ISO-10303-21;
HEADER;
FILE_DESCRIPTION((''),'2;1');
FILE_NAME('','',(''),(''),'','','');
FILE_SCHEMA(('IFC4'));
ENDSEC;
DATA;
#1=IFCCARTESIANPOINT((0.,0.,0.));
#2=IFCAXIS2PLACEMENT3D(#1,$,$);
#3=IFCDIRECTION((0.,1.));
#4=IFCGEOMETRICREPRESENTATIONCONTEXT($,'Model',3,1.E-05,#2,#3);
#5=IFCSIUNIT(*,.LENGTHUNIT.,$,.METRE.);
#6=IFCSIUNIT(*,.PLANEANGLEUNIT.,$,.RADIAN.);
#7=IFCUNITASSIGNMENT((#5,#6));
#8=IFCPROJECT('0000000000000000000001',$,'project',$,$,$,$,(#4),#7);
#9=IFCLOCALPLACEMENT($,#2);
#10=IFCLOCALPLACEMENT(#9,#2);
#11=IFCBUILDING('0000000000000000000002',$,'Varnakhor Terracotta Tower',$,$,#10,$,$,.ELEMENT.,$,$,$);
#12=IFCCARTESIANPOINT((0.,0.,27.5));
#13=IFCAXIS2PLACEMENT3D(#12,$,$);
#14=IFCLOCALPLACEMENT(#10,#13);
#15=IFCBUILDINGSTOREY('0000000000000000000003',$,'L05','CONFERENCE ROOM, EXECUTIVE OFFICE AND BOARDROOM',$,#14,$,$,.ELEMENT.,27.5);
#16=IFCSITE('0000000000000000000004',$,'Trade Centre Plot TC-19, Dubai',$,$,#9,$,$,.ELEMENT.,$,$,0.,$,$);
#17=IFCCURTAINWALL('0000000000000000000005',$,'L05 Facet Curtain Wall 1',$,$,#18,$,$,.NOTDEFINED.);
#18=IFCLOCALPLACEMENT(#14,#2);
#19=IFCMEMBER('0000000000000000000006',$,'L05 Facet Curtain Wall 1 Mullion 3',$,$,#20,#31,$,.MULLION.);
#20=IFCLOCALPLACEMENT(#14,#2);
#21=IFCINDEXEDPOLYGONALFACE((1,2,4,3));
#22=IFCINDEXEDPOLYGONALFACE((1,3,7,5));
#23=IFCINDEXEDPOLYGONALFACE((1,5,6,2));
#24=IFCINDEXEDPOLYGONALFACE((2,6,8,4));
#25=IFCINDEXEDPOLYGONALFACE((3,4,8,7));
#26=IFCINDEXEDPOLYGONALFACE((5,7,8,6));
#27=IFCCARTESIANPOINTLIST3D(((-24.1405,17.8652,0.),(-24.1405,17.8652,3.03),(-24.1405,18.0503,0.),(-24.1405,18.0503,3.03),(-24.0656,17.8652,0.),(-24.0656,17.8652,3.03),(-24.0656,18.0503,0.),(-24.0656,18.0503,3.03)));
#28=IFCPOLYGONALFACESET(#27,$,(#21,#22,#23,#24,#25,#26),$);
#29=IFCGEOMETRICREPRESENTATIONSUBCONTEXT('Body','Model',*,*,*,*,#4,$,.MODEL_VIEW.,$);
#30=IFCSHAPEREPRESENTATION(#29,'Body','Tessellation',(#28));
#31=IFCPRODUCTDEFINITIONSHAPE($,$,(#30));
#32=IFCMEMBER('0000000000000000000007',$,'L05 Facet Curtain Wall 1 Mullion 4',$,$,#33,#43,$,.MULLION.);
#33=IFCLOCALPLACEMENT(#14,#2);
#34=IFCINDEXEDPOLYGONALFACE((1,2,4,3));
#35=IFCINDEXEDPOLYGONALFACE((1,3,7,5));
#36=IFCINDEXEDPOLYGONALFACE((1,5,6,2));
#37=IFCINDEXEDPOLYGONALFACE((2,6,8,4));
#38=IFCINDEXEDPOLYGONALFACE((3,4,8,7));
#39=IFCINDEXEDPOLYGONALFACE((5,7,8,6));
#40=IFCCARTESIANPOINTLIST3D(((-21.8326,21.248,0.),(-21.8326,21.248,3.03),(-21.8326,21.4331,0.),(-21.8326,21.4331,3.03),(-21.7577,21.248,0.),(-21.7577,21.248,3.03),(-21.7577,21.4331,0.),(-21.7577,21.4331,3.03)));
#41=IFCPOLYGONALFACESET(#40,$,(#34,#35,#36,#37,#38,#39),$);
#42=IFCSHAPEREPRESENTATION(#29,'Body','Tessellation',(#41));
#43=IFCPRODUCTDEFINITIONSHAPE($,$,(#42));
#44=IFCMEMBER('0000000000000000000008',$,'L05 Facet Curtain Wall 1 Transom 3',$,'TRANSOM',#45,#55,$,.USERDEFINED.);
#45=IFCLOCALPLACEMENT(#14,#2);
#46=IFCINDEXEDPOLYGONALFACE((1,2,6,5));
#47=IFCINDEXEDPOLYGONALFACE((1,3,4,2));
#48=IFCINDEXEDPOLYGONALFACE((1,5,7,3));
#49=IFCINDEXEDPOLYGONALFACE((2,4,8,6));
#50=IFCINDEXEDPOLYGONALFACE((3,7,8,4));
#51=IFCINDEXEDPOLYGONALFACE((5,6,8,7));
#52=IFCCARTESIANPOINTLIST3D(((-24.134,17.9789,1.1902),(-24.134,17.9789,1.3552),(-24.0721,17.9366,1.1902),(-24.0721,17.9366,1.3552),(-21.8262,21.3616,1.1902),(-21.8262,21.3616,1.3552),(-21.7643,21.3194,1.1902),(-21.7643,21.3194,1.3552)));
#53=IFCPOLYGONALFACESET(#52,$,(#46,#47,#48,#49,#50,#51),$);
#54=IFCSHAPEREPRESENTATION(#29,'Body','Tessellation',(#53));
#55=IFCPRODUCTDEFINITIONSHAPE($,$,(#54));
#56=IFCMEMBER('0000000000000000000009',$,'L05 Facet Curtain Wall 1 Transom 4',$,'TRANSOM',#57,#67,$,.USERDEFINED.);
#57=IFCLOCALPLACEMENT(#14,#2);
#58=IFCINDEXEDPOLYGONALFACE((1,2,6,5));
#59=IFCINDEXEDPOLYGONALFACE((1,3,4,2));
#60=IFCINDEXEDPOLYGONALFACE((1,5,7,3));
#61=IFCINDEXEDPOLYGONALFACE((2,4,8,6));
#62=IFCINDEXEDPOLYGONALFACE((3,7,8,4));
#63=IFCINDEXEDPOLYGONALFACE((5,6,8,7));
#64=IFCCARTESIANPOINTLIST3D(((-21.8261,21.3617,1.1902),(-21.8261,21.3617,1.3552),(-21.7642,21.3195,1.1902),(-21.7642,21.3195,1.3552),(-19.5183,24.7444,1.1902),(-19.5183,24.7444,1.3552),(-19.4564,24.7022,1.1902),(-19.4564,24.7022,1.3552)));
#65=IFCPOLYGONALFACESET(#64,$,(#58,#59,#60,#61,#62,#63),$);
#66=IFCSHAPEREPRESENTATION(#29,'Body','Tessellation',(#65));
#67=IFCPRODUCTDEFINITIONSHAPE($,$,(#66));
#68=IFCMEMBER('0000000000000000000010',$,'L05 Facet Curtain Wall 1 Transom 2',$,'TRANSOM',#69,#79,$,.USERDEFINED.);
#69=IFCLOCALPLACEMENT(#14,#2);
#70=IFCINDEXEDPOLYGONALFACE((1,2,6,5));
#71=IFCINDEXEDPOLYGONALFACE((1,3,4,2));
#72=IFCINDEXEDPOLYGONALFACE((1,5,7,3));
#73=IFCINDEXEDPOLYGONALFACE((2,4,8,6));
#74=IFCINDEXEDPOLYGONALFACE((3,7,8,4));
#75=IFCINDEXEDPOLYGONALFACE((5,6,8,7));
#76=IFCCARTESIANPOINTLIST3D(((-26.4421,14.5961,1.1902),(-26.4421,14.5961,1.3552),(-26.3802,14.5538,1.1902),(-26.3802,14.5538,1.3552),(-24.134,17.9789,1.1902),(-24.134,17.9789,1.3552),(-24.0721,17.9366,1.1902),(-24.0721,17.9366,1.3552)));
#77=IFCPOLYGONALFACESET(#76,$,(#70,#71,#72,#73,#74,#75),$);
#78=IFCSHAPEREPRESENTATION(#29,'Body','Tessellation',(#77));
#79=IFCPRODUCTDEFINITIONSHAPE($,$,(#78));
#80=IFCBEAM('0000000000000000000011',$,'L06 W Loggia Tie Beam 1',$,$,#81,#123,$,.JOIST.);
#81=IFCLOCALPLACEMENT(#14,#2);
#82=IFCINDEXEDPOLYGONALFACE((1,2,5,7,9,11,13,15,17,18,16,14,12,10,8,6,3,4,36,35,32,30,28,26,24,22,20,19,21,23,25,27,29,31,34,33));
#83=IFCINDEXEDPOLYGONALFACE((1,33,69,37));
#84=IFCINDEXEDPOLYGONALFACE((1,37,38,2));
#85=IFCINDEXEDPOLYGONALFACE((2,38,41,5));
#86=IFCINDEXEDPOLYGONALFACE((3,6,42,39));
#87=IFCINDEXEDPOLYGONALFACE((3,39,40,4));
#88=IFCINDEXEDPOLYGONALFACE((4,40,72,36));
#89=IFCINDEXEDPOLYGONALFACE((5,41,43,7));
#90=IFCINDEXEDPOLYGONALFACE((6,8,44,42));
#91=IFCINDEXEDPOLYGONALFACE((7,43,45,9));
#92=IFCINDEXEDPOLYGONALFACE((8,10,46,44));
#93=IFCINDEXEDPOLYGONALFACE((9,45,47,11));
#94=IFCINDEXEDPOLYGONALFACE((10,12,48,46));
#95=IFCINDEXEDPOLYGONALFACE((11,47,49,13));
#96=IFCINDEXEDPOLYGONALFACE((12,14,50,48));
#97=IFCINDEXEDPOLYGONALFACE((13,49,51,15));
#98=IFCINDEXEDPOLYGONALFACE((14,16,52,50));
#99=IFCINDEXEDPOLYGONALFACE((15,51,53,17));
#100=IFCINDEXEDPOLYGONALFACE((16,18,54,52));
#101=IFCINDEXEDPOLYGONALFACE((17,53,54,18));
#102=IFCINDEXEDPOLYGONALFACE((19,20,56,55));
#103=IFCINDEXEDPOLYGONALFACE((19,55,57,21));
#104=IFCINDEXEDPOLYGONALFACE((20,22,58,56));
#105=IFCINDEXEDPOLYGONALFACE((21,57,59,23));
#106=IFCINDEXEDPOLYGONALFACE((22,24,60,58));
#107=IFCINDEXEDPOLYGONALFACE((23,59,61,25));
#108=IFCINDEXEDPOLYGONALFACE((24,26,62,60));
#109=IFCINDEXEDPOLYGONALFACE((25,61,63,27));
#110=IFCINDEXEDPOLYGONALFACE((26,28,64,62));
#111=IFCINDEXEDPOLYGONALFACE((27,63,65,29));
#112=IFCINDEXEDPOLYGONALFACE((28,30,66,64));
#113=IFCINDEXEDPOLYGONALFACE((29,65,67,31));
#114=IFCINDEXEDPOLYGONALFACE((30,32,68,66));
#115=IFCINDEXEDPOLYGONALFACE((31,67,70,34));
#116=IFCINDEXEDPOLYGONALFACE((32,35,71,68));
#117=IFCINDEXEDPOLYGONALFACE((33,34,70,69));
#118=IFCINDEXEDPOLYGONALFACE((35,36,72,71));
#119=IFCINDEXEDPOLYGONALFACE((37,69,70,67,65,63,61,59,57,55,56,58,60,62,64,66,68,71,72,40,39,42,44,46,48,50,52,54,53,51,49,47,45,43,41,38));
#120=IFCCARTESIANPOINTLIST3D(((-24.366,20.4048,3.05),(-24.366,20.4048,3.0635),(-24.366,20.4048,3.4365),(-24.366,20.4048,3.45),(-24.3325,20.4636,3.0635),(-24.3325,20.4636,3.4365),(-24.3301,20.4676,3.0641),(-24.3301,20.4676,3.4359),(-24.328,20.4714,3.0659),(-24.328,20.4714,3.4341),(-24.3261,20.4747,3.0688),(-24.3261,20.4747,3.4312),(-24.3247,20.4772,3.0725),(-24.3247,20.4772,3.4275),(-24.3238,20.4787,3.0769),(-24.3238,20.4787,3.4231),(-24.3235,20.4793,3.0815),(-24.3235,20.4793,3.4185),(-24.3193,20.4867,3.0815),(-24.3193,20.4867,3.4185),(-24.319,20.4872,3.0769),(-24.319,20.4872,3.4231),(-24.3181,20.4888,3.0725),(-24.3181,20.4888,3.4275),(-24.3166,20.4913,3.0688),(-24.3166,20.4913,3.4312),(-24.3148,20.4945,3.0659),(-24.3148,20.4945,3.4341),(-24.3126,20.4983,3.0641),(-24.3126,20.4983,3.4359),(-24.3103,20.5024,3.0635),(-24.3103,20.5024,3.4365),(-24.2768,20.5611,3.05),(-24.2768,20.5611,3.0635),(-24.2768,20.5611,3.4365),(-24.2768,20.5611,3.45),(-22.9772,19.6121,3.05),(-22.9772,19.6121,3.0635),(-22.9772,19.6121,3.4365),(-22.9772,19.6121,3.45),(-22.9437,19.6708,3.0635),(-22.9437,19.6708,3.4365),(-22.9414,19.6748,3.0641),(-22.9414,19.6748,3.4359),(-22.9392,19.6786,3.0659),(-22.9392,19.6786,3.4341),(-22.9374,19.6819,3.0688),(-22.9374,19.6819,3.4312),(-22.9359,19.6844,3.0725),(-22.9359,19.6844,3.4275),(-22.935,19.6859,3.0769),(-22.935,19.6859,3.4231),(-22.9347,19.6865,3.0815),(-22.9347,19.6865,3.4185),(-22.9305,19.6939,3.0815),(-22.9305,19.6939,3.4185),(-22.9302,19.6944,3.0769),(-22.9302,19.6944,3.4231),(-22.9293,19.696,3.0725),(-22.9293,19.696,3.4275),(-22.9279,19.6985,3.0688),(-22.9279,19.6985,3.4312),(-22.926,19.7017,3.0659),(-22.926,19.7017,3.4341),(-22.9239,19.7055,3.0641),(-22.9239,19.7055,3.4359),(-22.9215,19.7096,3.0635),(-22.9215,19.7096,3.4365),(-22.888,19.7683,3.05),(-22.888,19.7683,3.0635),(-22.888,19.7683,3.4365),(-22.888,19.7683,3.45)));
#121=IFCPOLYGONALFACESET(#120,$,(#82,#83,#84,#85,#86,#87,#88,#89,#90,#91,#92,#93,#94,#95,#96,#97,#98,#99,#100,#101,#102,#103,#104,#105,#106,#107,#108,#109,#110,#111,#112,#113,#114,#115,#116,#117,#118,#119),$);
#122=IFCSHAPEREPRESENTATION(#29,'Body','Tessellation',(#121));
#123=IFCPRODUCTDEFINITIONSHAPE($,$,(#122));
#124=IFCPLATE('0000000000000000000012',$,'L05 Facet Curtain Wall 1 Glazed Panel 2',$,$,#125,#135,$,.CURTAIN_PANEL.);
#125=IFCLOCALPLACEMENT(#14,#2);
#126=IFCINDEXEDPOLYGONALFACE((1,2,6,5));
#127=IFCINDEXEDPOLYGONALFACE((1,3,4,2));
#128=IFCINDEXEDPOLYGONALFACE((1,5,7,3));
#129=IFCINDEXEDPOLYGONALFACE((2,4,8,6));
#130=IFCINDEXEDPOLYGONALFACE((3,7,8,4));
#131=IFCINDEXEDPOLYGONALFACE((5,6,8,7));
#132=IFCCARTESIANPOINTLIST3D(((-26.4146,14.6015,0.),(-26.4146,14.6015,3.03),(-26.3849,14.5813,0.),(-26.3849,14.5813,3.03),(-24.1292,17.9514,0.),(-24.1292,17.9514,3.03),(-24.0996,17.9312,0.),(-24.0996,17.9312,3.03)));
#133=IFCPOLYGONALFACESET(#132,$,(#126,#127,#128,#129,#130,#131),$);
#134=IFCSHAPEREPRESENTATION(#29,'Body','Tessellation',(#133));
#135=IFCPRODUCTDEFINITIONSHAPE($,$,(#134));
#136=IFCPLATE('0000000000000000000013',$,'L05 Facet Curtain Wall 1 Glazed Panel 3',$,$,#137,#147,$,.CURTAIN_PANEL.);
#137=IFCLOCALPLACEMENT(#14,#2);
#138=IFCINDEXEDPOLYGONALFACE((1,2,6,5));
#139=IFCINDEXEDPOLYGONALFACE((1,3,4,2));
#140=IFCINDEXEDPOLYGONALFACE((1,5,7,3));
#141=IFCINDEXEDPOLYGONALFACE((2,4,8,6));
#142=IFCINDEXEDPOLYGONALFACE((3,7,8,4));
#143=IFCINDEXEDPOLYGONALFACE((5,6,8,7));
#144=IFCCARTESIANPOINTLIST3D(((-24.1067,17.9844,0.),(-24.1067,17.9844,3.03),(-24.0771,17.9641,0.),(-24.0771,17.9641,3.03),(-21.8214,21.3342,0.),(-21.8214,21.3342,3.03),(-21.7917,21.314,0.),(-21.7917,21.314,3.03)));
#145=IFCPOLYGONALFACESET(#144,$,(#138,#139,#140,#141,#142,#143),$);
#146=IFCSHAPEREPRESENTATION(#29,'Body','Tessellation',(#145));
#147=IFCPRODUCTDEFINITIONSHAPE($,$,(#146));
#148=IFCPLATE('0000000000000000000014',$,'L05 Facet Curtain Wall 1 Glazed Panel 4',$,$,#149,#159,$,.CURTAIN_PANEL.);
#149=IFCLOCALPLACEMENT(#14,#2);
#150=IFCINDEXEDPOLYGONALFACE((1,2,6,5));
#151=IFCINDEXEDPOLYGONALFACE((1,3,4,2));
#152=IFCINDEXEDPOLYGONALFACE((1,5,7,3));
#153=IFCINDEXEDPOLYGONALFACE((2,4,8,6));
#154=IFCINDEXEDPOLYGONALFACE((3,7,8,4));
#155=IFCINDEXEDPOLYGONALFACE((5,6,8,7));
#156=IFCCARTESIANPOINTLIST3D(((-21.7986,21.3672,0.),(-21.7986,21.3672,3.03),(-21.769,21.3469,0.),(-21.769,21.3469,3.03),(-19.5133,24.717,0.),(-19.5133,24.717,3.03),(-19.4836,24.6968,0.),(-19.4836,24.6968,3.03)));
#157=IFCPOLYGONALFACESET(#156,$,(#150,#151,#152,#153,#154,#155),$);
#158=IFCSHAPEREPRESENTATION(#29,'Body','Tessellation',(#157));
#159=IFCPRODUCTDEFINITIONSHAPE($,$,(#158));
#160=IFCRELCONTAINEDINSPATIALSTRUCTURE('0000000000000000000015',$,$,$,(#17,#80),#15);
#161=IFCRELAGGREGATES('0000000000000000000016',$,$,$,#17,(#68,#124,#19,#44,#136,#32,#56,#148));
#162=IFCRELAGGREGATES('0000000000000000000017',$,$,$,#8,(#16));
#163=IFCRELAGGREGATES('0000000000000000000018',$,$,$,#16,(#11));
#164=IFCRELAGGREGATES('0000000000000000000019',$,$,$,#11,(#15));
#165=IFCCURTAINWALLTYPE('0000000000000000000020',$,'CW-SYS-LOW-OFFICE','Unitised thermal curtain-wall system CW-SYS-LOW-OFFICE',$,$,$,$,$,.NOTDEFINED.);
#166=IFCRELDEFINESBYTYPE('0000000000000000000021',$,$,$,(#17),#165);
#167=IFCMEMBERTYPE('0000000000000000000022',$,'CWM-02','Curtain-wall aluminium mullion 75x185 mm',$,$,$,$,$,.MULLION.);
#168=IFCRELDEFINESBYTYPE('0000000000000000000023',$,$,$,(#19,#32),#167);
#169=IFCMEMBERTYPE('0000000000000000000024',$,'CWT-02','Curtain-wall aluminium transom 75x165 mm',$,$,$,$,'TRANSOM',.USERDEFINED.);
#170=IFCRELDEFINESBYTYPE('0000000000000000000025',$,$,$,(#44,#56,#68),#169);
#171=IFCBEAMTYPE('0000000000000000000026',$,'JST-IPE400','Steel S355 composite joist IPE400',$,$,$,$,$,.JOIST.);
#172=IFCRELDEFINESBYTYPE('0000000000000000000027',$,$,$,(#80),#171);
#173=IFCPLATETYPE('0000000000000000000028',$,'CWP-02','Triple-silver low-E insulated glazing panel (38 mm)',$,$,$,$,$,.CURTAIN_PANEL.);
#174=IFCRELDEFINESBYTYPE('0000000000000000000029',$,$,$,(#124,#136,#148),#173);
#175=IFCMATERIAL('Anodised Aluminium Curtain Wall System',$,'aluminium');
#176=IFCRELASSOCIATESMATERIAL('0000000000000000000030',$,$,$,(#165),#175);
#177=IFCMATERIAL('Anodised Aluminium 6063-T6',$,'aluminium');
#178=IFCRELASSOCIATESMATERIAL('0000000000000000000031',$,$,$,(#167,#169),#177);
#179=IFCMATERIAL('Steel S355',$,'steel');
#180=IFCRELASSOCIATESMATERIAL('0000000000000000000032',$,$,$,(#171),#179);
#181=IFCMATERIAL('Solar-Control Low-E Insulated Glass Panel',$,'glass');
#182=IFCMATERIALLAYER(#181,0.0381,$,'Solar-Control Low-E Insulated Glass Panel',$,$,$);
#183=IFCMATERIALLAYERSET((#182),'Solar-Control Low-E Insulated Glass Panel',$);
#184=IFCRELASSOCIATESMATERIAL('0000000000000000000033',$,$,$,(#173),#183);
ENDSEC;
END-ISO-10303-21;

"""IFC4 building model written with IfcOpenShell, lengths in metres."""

from ifc_helpers import new_model, si_unit, direction, frame, origin, origin_2d, place, context, subcontext, project, spatial, rectangle, i_section, extrude, source, transform, mapped, material, layer, layer_set, material_profile, profile_set, type_object, type_shapes, element, aggregate, save


model = new_model("IFC4")

# Units and contexts
model_context = context("Model", 3, precision=1e-05, world=origin(), true_north=direction((0.0, 1.0)))
body_context = subcontext(model_context, "Body", "Model", "MODEL_VIEW")
ifc_project = project(units=[si_unit("LENGTHUNIT", "METRE"), si_unit("PLANEANGLEUNIT", "RADIAN")], contexts=[model_context])

# Site, building, storey
site_placement = place(None, origin())
site = spatial("IfcSite", under=ifc_project, at=site_placement, Name="Trade Centre Plot TC-19, Dubai", CompositionType="ELEMENT", RefElevation=0.0)
building_placement = place(site_placement, origin())
building = spatial("IfcBuilding", under=site, at=building_placement, Name="Varnakhor Terracotta Tower", CompositionType="ELEMENT")
storey_placement = place(building_placement, frame((0.0, 0.0, 27.5)))
storey = spatial("IfcBuildingStorey", under=building, at=storey_placement, Name="L05", Description="CONFERENCE ROOM, EXECUTIVE OFFICE AND BOARDROOM", CompositionType="ELEMENT", Elevation=27.5)

# Shared definitions
ifc_material_1 = material(Name="Steel S355", Category="steel")

# Curtain wall, members
ifc_material_2 = material(Name="Anodised Aluminium Curtain Wall System", Category="aluminium")
curtain_wall_type = type_object("IfcCurtainWallType", Name="CW-SYS-LOW-OFFICE", Description="Unitised thermal curtain-wall system CW-SYS-LOW-OFFICE", PredefinedType="NOTDEFINED", material=ifc_material_2)
curtain_wall_placement = place(storey_placement, origin())
curtain_wall = element("IfcCurtainWall", 1, at=curtain_wall_placement, inside=storey, type_object=curtain_wall_type, Name="L05 Facet Curtain Wall 1", PredefinedType="NOTDEFINED")
ifc_material_3 = material(Name="Anodised Aluminium 6063-T6", Category="aluminium")
ifc_material_profile_1 = material_profile(ifc_material_3, rectangle(XDim=0.075, YDim=0.1851, at=origin_2d()), Name="ALU MULLION 75x185")
ifc_profile_set_1 = profile_set([ifc_material_profile_1], Name="Anodised Aluminium 6063-T6")
member_type_1 = type_object("IfcMemberType", Name="CWM-02", Description="Curtain-wall aluminium mullion 75x185 mm", PredefinedType="MULLION", material=ifc_profile_set_1)
shared_shape_1 = source(origin(), body_context, "Body", "SweptSolid", [
    extrude(rectangle(XDim=0.075, YDim=0.1851, at=origin_2d()), origin(), (0.0, 0.0, 1.0), 3.03),
])
type_shapes(member_type_1, [shared_shape_1])
member_1_placement = place(storey_placement, frame((-24.103, 17.9578, 0.0), z_axis=(0.0, 0.0, 1.0), x_axis=(1.0, 0.0, 0.0)))
member_1 = element("IfcMember", 2, at=member_1_placement, type_object=member_type_1, Name="L05 Facet Curtain Wall 1 Mullion 3", PredefinedType="MULLION", context=body_context, shape_type="MappedRepresentation", body=[
    mapped(shared_shape_1, transform((0.0, 0.0, 0.0), scale=1.0)),
])
member_2_placement = place(storey_placement, frame((-21.7952, 21.3406, 0.0), z_axis=(0.0, 0.0, 1.0), x_axis=(1.0, 0.0, 0.0)))
member_2 = element("IfcMember", 3, at=member_2_placement, type_object=member_type_1, Name="L05 Facet Curtain Wall 1 Mullion 4", PredefinedType="MULLION", context=body_context, shape_type="MappedRepresentation", body=[
    mapped(shared_shape_1, transform((0.0, 0.0, 0.0), scale=1.0)),
])
ifc_material_profile_2 = material_profile(ifc_material_3, rectangle(XDim=0.075, YDim=0.165, at=origin_2d()), Name="ALU TRANSOM 75x165")
ifc_profile_set_2 = profile_set([ifc_material_profile_2], Name="Anodised Aluminium 6063-T6")
member_type_2 = type_object("IfcMemberType", Name="CWT-02", Description="Curtain-wall aluminium transom 75x165 mm", ElementType="TRANSOM", PredefinedType="USERDEFINED", material=ifc_profile_set_2)
shared_shape_2 = source(origin(), body_context, "Body", "SweptSolid", [
    extrude(rectangle(XDim=0.075, YDim=0.165, at=origin_2d()), origin(), (0.0, 0.0, 1.0), 4.095),
])
type_shapes(member_type_2, [shared_shape_2])
member_3_placement = place(storey_placement, frame((-24.103, 17.9578, 1.2727), z_axis=(0.56357, 0.826068, 0.0), x_axis=(-0.826068, 0.56357, 0.0)))
member_3 = element("IfcMember", 4, at=member_3_placement, type_object=member_type_2, Name="L05 Facet Curtain Wall 1 Transom 3", ObjectType="TRANSOM", PredefinedType="USERDEFINED", context=body_context, shape_type="MappedRepresentation", body=[
    mapped(shared_shape_2, transform((0.0, 0.0, 0.0), scale=1.0)),
])
member_4_placement = place(storey_placement, frame((-21.7952, 21.3406, 1.2727), z_axis=(0.56357, 0.826068, 0.0), x_axis=(-0.826068, 0.56357, 0.0)))
member_4 = element("IfcMember", 5, at=member_4_placement, type_object=member_type_2, Name="L05 Facet Curtain Wall 1 Transom 4", ObjectType="TRANSOM", PredefinedType="USERDEFINED", context=body_context, shape_type="MappedRepresentation", body=[
    mapped(shared_shape_2, transform((0.0, 0.0, 0.0), scale=1.0)),
])
shared_shape_3 = source(origin(), body_context, "Body", "SweptSolid", [
    extrude(rectangle(XDim=0.075, YDim=0.165, at=origin_2d()), origin(), (0.0, 0.0, 1.0), 4.0952),
])
member_5_placement = place(storey_placement, frame((-26.4111, 14.575, 1.2727), z_axis=(0.563611, 0.826041, 0.0), x_axis=(-0.826041, 0.563611, 0.0)))
member_5 = element("IfcMember", 6, at=member_5_placement, type_object=member_type_2, Name="L05 Facet Curtain Wall 1 Transom 2", ObjectType="TRANSOM", PredefinedType="USERDEFINED", context=body_context, shape_type="MappedRepresentation", body=[
    mapped(shared_shape_3, transform((0.0, 0.0, 0.0), scale=1.0)),
])

# Beam
ifc_material_profile_3 = material_profile(ifc_material_1, i_section(OverallWidth=0.1799, OverallDepth=0.3999, WebThickness=0.0085, FlangeThickness=0.0134, FilletRadius=0.0181, at=origin_2d()), Name="IPE400")
ifc_profile_set_3 = profile_set([ifc_material_profile_3], Name="Steel S355")
beam_type_1 = type_object("IfcBeamType", Name="JST-IPE400", Description="Steel S355 composite joist IPE400", PredefinedType="JOIST", material=ifc_profile_set_3)
shared_shape_4 = source(origin(), body_context, "Body", "SweptSolid", [
    extrude(i_section(OverallWidth=0.1799, OverallDepth=0.3999, WebThickness=0.0085, FlangeThickness=0.0134, FilletRadius=0.0181, at=origin_2d()), origin(), (0.0, 0.0, 1.0), 1.5991),
])
beam_1_placement = place(storey_placement, frame((-22.9326, 19.6902, 3.25), z_axis=(-0.868459, 0.495761, 0.0), x_axis=(-0.495761, -0.868459, 0.0)))
element("IfcBeam", 7, at=beam_1_placement, inside=storey, type_object=beam_type_1, Name="L06 W Loggia Tie Beam 1", PredefinedType="JOIST", context=body_context, shape_type="MappedRepresentation", body=[
    mapped(shared_shape_4, transform((0.0, 0.0, 0.0), scale=1.0)),
])

# Plates
ifc_material_4 = material(Name="Solar-Control Low-E Insulated Glass Panel", Category="glass")
ifc_layer_1 = layer(ifc_material_4, 0.0381, Name="Solar-Control Low-E Insulated Glass Panel")
ifc_layer_set_1 = layer_set([ifc_layer_1], Name="Solar-Control Low-E Insulated Glass Panel")
plate_type = type_object("IfcPlateType", Name="CWP-02", Description="Triple-silver low-E insulated glazing panel (38 mm)", PredefinedType="CURTAIN_PANEL", material=ifc_layer_set_1)
shared_shape_5 = source(origin(), body_context, "Body", "SweptSolid", [
    extrude(rectangle(XDim=4.0552, YDim=0.0359, at=origin_2d()), origin(), (0.0, 0.0, 1.0), 3.03),
])
type_shapes(plate_type, [shared_shape_5])
plate_1_placement = place(storey_placement, frame((-25.2571, 16.2664, 0.0), z_axis=(0.0, 0.0, 1.0), x_axis=(0.563569, 0.826069, 0.0)))
plate_1 = element("IfcPlate", 8, at=plate_1_placement, type_object=plate_type, Name="L05 Facet Curtain Wall 1 Glazed Panel 2", PredefinedType="CURTAIN_PANEL", context=body_context, shape_type="MappedRepresentation", body=[
    mapped(shared_shape_5, transform((0.0, 0.0, 0.0), scale=1.0)),
])
plate_2_placement = place(storey_placement, frame((-22.9492, 19.6492, 0.0), z_axis=(0.0, 0.0, 1.0), x_axis=(0.563569, 0.826069, 0.0)))
plate_2 = element("IfcPlate", 9, at=plate_2_placement, type_object=plate_type, Name="L05 Facet Curtain Wall 1 Glazed Panel 3", PredefinedType="CURTAIN_PANEL", context=body_context, shape_type="MappedRepresentation", body=[
    mapped(shared_shape_5, transform((0.0, 0.0, 0.0), scale=1.0)),
])
plate_3_placement = place(storey_placement, frame((-20.6411, 23.032, 0.0), z_axis=(0.0, 0.0, 1.0), x_axis=(0.563569, 0.826069, 0.0)))
plate_3 = element("IfcPlate", 10, at=plate_3_placement, type_object=plate_type, Name="L05 Facet Curtain Wall 1 Glazed Panel 4", PredefinedType="CURTAIN_PANEL", context=body_context, shape_type="MappedRepresentation", body=[
    mapped(shared_shape_5, transform((0.0, 0.0, 0.0), scale=1.0)),
])
aggregate(curtain_wall, [member_5, plate_1, member_1, member_3, plate_2, member_2, member_4, plate_3])

save(model, "model.ifc")
